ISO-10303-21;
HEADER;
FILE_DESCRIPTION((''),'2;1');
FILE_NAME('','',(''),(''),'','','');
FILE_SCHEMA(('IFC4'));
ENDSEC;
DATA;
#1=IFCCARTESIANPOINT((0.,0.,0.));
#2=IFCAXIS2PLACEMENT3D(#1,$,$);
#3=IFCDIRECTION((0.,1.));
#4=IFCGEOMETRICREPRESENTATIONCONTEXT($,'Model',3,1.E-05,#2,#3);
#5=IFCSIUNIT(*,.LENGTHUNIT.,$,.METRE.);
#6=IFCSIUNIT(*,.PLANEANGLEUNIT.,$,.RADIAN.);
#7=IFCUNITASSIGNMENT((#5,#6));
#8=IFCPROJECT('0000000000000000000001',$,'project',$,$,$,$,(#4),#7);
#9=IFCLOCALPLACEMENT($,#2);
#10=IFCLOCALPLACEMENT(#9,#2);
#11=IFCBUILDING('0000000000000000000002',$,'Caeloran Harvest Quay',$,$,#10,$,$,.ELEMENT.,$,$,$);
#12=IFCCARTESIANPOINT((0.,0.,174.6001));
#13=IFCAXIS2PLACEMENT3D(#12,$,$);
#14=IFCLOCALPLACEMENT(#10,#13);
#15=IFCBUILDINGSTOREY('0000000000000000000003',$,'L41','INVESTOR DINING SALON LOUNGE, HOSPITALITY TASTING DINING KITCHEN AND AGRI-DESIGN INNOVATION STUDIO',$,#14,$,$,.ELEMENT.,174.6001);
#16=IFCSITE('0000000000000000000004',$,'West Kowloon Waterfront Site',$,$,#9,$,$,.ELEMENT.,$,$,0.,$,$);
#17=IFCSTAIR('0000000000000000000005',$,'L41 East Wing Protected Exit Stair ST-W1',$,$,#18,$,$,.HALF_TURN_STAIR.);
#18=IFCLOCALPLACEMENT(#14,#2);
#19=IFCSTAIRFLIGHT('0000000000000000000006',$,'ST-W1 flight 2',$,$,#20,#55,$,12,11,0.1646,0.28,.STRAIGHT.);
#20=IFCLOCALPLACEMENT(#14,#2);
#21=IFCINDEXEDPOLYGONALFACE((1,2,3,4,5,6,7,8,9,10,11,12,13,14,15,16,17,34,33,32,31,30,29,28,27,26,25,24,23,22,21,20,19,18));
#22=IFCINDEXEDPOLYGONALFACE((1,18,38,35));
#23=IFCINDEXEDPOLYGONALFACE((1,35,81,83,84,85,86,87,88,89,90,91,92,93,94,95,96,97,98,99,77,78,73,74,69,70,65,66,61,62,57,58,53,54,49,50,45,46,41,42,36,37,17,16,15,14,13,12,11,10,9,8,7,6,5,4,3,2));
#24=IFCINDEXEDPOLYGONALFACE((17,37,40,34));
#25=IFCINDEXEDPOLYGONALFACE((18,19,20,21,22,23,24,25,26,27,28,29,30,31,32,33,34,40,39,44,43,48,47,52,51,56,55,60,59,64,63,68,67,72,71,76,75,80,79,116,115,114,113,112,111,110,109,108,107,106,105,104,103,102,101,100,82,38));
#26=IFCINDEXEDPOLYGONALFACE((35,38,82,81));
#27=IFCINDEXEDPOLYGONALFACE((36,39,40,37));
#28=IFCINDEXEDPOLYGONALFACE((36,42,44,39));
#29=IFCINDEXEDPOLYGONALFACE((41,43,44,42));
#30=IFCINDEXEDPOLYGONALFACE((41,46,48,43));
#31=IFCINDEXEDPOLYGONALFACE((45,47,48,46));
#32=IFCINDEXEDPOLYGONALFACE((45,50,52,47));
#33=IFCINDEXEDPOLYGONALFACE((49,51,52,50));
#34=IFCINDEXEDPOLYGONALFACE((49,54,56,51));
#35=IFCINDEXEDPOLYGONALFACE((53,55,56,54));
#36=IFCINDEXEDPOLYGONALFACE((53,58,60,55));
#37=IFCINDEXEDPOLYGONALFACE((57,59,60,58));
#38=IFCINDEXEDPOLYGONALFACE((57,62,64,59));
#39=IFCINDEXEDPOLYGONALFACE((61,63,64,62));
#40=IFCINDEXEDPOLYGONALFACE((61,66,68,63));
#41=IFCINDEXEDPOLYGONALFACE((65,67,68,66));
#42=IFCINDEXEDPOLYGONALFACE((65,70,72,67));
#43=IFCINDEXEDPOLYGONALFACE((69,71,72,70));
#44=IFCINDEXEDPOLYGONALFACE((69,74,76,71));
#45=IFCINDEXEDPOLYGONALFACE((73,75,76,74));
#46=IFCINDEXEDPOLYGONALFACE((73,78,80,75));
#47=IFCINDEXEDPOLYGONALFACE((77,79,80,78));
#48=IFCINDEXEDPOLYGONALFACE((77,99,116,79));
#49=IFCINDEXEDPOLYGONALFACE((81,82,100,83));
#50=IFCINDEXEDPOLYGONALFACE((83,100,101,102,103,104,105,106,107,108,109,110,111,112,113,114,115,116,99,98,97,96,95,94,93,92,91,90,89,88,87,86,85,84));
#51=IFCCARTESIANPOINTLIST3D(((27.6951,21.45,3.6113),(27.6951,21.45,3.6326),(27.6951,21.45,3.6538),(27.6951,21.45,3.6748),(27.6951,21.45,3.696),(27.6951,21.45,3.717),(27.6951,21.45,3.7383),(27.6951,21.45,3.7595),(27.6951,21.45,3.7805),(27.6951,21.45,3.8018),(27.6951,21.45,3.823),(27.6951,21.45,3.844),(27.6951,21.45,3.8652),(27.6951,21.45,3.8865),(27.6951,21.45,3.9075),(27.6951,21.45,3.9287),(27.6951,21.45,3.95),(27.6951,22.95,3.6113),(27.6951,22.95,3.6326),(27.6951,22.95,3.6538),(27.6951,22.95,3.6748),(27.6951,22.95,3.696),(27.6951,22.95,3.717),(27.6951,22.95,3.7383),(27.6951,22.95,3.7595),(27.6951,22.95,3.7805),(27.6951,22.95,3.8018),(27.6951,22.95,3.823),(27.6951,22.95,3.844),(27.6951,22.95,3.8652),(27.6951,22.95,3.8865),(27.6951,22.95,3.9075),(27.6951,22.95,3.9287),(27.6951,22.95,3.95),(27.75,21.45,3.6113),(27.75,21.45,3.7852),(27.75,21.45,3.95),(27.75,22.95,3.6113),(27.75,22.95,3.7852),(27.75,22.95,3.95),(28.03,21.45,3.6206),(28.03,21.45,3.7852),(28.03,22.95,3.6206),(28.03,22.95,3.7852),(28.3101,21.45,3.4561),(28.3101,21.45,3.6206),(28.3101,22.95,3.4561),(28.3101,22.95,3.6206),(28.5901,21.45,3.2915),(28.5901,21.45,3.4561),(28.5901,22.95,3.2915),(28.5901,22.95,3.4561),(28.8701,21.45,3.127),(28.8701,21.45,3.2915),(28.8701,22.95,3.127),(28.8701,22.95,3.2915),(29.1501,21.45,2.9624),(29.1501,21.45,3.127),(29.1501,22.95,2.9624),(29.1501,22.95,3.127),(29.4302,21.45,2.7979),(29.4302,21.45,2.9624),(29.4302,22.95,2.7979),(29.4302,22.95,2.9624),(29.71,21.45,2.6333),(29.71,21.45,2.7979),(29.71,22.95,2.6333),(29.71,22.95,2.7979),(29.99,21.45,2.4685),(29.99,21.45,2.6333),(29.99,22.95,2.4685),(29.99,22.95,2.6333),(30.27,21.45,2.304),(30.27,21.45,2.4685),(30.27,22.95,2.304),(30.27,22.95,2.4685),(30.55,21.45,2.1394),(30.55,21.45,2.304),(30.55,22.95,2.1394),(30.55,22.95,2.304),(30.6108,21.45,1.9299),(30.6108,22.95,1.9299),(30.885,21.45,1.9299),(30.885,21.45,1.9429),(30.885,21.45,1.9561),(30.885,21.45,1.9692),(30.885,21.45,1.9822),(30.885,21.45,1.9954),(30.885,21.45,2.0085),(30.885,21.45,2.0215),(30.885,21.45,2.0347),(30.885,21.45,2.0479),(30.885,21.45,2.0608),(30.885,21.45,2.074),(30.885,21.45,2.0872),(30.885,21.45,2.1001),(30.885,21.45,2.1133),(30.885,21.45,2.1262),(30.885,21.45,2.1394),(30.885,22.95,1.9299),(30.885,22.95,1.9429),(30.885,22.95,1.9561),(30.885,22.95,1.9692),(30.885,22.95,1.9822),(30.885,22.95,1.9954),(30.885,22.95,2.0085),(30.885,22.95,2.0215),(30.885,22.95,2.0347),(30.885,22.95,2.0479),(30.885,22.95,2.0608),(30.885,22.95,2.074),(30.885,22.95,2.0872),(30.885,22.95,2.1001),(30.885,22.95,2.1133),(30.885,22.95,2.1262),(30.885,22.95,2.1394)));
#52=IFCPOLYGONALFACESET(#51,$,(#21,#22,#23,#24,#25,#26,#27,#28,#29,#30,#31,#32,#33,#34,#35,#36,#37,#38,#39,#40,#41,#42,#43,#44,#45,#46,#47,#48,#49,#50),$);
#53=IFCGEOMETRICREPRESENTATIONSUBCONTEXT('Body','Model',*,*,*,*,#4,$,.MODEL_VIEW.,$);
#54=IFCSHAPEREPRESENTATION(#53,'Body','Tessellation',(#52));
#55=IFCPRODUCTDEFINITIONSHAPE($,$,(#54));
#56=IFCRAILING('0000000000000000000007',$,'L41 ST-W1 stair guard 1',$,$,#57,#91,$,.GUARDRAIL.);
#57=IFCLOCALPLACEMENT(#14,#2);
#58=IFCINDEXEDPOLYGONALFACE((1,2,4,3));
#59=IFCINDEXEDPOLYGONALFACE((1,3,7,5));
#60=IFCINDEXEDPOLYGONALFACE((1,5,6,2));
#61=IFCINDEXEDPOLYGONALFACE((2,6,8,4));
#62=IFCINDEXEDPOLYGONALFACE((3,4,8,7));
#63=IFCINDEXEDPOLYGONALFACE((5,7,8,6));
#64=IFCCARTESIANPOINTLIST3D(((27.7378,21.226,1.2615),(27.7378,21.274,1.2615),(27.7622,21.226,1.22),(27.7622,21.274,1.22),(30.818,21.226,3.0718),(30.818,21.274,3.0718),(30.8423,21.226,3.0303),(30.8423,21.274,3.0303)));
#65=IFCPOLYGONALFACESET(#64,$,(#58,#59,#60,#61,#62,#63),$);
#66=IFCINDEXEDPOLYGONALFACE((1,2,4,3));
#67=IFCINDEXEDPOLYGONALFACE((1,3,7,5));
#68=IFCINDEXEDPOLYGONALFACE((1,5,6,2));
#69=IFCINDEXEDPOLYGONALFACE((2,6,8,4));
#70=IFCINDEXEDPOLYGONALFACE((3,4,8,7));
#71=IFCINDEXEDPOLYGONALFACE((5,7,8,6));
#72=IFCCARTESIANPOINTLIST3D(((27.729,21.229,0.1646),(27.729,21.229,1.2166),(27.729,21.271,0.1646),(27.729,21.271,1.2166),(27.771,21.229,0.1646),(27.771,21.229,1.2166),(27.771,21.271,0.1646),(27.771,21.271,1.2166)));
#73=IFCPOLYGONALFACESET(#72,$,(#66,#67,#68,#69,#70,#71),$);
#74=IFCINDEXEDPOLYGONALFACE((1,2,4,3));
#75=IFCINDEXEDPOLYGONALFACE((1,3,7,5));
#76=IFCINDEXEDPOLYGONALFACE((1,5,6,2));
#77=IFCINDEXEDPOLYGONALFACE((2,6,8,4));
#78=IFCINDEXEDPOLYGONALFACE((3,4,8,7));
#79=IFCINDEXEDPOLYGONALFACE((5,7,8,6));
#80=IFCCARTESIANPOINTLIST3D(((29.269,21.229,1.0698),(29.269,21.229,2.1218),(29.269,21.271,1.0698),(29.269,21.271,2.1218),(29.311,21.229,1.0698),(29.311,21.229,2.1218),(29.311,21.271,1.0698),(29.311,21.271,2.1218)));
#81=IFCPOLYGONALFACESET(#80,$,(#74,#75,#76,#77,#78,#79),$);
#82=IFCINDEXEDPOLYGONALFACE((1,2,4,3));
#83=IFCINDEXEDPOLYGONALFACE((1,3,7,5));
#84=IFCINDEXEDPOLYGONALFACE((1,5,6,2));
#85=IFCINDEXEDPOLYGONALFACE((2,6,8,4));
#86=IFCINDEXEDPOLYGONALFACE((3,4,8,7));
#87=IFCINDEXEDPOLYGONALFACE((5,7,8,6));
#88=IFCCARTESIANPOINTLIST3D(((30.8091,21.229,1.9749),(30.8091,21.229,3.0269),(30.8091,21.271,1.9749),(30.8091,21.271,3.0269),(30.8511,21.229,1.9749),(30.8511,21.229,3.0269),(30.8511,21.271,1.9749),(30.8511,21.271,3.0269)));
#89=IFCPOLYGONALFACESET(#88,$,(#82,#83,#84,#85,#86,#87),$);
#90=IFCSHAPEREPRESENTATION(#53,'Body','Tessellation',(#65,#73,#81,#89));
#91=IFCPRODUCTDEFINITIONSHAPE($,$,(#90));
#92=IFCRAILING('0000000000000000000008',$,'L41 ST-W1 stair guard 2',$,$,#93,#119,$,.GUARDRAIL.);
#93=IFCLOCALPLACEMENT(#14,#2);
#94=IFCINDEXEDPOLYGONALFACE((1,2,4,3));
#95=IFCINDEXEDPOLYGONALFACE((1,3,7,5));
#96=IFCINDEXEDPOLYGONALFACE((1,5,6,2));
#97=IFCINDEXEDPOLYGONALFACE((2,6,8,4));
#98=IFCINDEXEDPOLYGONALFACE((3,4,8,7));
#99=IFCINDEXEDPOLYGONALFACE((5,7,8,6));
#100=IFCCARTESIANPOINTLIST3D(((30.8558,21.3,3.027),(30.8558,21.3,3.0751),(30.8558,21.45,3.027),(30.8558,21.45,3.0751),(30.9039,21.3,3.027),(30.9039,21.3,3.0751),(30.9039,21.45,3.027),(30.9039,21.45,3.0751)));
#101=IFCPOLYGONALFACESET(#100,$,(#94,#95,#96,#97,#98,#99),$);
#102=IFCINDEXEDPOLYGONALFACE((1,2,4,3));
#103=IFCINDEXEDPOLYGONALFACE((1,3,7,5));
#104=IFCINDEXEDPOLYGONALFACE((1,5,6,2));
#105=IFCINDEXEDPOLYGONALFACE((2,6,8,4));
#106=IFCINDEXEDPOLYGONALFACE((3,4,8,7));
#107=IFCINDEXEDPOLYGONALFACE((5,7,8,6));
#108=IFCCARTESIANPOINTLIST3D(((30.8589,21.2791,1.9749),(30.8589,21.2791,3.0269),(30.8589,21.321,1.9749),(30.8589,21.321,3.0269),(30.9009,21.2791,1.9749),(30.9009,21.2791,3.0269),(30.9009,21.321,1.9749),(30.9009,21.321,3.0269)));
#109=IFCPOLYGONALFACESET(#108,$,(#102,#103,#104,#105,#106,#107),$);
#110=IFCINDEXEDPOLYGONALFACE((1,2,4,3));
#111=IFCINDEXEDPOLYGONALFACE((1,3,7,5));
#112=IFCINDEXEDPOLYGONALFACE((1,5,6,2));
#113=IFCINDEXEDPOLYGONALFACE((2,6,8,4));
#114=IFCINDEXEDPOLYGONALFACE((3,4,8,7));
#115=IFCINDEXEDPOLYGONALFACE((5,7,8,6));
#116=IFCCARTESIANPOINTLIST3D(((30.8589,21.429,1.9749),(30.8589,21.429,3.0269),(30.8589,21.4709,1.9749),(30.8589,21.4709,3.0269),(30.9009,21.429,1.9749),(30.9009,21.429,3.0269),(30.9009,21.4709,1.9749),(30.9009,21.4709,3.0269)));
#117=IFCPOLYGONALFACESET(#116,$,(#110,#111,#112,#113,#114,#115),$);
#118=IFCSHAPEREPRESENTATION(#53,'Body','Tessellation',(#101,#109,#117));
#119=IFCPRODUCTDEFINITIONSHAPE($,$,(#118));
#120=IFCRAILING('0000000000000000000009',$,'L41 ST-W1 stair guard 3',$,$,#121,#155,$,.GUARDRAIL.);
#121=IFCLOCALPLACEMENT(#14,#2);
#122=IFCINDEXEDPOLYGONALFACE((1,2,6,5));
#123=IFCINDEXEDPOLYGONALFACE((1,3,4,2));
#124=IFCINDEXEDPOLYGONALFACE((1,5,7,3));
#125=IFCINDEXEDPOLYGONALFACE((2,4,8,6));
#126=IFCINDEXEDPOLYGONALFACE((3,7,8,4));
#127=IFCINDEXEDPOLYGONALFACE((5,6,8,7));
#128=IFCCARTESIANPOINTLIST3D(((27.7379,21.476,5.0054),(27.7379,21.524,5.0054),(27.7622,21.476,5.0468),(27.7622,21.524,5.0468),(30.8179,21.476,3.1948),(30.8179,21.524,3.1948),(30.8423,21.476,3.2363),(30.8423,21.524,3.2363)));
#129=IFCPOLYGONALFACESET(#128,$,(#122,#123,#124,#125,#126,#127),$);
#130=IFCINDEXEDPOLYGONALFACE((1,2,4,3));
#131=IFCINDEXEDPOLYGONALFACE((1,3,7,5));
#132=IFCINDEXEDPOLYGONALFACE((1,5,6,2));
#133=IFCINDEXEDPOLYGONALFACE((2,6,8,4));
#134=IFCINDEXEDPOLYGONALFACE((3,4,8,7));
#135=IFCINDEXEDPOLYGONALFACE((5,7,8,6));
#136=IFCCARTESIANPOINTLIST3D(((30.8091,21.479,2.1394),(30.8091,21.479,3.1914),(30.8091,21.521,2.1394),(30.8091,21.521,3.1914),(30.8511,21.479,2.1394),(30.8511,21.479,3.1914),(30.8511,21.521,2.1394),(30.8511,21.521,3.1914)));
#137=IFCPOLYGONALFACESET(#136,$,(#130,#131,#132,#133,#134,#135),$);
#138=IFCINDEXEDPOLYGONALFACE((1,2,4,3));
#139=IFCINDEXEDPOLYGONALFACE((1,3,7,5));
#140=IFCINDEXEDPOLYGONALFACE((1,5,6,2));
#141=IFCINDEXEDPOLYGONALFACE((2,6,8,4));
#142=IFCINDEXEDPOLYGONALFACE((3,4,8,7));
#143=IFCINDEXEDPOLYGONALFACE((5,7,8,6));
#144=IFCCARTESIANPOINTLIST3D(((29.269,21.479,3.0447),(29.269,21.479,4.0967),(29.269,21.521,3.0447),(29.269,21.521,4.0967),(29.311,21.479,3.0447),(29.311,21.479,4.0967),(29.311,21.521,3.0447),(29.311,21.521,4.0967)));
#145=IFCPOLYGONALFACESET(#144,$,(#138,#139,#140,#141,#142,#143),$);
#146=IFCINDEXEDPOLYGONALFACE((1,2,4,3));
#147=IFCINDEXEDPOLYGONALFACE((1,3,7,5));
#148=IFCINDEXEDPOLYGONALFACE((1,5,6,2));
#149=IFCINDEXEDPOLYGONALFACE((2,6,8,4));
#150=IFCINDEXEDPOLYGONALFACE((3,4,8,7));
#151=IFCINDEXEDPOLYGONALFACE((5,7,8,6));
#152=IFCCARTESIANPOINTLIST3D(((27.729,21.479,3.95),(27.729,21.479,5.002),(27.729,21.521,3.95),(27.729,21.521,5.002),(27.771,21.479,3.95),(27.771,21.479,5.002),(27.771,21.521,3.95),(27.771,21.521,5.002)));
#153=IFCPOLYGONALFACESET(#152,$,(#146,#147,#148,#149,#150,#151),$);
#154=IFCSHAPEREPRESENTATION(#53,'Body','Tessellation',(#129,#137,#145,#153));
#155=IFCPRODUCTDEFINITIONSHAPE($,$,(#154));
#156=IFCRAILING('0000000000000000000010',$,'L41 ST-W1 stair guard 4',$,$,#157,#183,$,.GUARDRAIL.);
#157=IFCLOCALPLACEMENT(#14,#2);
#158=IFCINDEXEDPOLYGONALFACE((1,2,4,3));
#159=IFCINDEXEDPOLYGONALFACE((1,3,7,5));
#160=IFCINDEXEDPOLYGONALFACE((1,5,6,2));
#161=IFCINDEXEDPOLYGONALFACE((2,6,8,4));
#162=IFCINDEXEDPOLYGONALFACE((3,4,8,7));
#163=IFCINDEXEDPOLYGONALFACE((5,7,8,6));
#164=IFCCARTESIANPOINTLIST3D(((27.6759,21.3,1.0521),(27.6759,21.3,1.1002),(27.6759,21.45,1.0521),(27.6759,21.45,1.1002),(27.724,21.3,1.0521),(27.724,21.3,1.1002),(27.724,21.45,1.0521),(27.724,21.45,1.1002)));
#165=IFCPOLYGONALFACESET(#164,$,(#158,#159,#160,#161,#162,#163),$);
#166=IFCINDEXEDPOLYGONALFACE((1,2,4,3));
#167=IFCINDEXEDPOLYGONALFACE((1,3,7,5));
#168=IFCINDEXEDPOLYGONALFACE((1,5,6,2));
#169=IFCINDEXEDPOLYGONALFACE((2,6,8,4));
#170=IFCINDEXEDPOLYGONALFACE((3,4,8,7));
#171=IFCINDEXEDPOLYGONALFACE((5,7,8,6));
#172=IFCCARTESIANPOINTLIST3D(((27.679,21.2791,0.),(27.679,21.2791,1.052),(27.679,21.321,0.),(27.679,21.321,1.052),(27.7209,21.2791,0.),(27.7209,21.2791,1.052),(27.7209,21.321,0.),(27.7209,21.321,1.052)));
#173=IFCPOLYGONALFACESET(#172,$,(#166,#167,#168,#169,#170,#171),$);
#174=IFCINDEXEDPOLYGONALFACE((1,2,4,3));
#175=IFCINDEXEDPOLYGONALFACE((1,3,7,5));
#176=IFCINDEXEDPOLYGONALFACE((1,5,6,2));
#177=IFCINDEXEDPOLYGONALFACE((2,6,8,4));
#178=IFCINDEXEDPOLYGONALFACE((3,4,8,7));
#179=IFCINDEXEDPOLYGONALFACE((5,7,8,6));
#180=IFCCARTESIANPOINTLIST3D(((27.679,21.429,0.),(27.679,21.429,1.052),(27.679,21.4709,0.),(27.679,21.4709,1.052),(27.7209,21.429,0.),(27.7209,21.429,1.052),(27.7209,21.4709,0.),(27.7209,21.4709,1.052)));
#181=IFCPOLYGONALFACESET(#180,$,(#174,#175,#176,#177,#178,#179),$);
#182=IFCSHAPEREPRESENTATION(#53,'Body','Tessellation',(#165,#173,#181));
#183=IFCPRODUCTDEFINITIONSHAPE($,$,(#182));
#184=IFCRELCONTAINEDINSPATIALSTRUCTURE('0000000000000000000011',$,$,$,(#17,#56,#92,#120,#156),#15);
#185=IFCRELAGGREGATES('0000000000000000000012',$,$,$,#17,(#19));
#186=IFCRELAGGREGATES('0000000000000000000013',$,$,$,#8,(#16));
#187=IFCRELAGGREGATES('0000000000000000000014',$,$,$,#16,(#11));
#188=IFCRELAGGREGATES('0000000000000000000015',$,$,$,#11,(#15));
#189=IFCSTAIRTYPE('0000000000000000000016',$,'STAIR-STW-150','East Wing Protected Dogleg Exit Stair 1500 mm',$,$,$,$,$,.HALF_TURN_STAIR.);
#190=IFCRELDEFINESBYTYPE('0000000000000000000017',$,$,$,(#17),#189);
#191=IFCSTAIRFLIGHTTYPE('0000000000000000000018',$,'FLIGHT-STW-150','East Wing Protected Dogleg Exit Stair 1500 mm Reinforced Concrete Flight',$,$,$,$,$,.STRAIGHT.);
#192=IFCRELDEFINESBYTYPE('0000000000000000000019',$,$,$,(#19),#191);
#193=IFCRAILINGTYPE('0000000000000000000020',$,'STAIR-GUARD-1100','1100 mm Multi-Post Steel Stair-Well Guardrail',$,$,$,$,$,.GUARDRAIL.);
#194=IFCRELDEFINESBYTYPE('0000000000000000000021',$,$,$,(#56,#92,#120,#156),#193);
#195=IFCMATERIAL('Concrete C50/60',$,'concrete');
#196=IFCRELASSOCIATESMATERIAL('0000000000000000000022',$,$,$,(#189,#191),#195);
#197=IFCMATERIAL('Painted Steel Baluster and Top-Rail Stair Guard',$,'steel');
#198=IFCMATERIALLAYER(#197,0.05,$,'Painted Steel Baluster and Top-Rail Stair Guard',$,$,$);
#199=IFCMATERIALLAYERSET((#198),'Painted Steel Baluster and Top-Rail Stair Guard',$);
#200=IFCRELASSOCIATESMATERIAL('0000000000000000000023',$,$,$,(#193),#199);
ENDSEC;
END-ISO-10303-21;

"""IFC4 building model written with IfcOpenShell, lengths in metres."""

from ifc_helpers import new_model, si_unit, direction, frame, origin, origin_2d, place, context, subcontext, project, spatial, polyline, rectangle, outline, extrude, material, layer, layer_set, type_object, element, aggregate, save


model = new_model("IFC4")

# Units and contexts
model_context = context("Model", 3, precision=1e-05, world=origin(), true_north=direction((0.0, 1.0)))
body_context = subcontext(model_context, "Body", "Model", "MODEL_VIEW")
ifc_project = project(units=[si_unit("LENGTHUNIT", "METRE"), si_unit("PLANEANGLEUNIT", "RADIAN")], contexts=[model_context])

# Site, building, storey
site_placement = place(None, origin())
site = spatial("IfcSite", under=ifc_project, at=site_placement, Name="West Kowloon Waterfront Site", CompositionType="ELEMENT", RefElevation=0.0)
building_placement = place(site_placement, origin())
building = spatial("IfcBuilding", under=site, at=building_placement, Name="Caeloran Harvest Quay", CompositionType="ELEMENT")
storey_placement = place(building_placement, frame((0.0, 0.0, 174.6001)))
storey = spatial("IfcBuildingStorey", under=building, at=storey_placement, Name="L41", Description="INVESTOR DINING SALON LOUNGE, HOSPITALITY TASTING DINING KITCHEN AND AGRI-DESIGN INNOVATION STUDIO", CompositionType="ELEMENT", Elevation=174.6001)

# Stair, stair flight
ifc_material_1 = material(Name="Concrete C50/60", Category="concrete")
stair_type = type_object("IfcStairType", Name="STAIR-STW-150", Description="East Wing Protected Dogleg Exit Stair 1500 mm", PredefinedType="HALF_TURN_STAIR", material=ifc_material_1)
stair_placement = place(storey_placement, origin())
stair = element("IfcStair", 1, at=stair_placement, inside=storey, type_object=stair_type, Name="L41 East Wing Protected Exit Stair ST-W1", PredefinedType="HALF_TURN_STAIR")
stair_flight_type = type_object("IfcStairFlightType", Name="FLIGHT-STW-150", Description="East Wing Protected Dogleg Exit Stair 1500 mm Reinforced Concrete Flight", PredefinedType="STRAIGHT", material=ifc_material_1)
stair_flight_1_placement = place(storey_placement, frame((30.8301, 22.2, 1.9749), z_axis=(0.0, 0.0, 1.0), x_axis=(-1.0, 0.0, 0.0)))
stair_flight_1 = element("IfcStairFlight", 2, at=stair_flight_1_placement, type_object=stair_flight_type, Name="ST-W1 flight 2", NumberOfRisers=12, NumberOfTreads=11, PredefinedType="STRAIGHT", RiserHeight=0.1646, TreadLength=0.28, context=body_context, shape_type="SweptSolid", body=[
    extrude(outline(polyline([(-0.0549, -0.0449), (-0.0549, -0.032), (-0.0549, -0.0188), (-0.0549, -0.0056), (-0.0549, 0.0073), (-0.0549, 0.0205), (-0.0549, 0.0337), (-0.0549, 0.0466), (-0.0549, 0.0598), (-0.0549, 0.073), (-0.0549, 0.0859), (-0.0549, 0.0991), (-0.0549, 0.1123), (-0.0549, 0.1252), (-0.0549, 0.1384), (-0.0549, 0.1514), (-0.0549, 0.1646), (0.28, 0.1646), (0.28, 0.3291), (0.5601, 0.3291), (0.5601, 0.4937), (0.8401, 0.4937), (0.8401, 0.6584), (1.1201, 0.6584), (1.1201, 0.823), (1.3999, 0.823), (1.3999, 0.9875), (1.6799, 0.9875), (1.6799, 1.1521), (1.96, 1.1521), (1.96, 1.3167), (2.24, 1.3167), (2.24, 1.4812), (2.52, 1.4812), (2.52, 1.6458), (2.8, 1.6458), (2.8, 1.8103), (3.0801, 1.8103), (3.0801, 1.9751), (3.135, 1.9751), (3.135, 1.9539), (3.135, 1.9326), (3.135, 1.9116), (3.135, 1.8904), (3.135, 1.8691), (3.135, 1.8481), (3.135, 1.8269), (3.135, 1.8057), (3.135, 1.7847), (3.135, 1.7634), (3.135, 1.7422), (3.135, 1.7212), (3.135, 1.7), (3.135, 1.679), (3.135, 1.6577), (3.135, 1.6365), (3.0801, 1.6365), (0.2192, -0.0449), (-0.0549, -0.0449)])), frame((0.0, 0.75, 0.0), z_axis=(0.0, -1.0, 0.0), x_axis=(1.0, 0.0, 0.0)), (0.0, 0.0, 1.0), 1.5),
])
aggregate(stair, [stair_flight_1])

# Railings
ifc_material_2 = material(Name="Painted Steel Baluster and Top-Rail Stair Guard", Category="steel")
ifc_layer_1 = layer(ifc_material_2, 0.05, Name="Painted Steel Baluster and Top-Rail Stair Guard")
ifc_layer_set_1 = layer_set([ifc_layer_1], Name="Painted Steel Baluster and Top-Rail Stair Guard")
railing_type_1 = type_object("IfcRailingType", Name="STAIR-GUARD-1100", Description="1100 mm Multi-Post Steel Stair-Well Guardrail", PredefinedType="GUARDRAIL", material=ifc_layer_set_1)
railing_1_placement = place(storey_placement, frame((27.75, 21.25, 0.1646)))
element("IfcRailing", 3, at=railing_1_placement, inside=storey, type_object=railing_type_1, Name="L41 ST-W1 stair guard 1", PredefinedType="GUARDRAIL", context=body_context, shape_type="SweptSolid", body=[
    extrude(rectangle(XDim=0.0481, YDim=0.0481, at=origin_2d()), frame((0.0, 0.0, 1.0762), z_axis=(0.862119, 0.0, 0.506707), x_axis=(0.0, 1.0, 0.0)), (0.0, 0.0, 1.0), 3.5728),
    extrude(rectangle(XDim=0.042, YDim=0.042, at=origin_2d()), origin(), (0.0, 0.0, 1.0), 1.052),
    extrude(rectangle(XDim=0.042, YDim=0.042, at=origin_2d()), frame((1.54, 0.0, 0.9053)), (0.0, 0.0, 1.0), 1.052),
    extrude(rectangle(XDim=0.042, YDim=0.042, at=origin_2d()), frame((3.0801, 0.0, 1.8103)), (0.0, 0.0, 1.0), 1.052),
])
railing_2_placement = place(storey_placement, frame((30.8799, 21.3, 1.9749)))
element("IfcRailing", 4, at=railing_2_placement, inside=storey, type_object=railing_type_1, Name="L41 ST-W1 stair guard 2", PredefinedType="GUARDRAIL", context=body_context, shape_type="SweptSolid", body=[
    extrude(rectangle(XDim=0.0481, YDim=0.0481, at=origin_2d()), frame((0.0, 0.0, 1.0762), z_axis=(0.0, 1.0, 0.0), x_axis=(-1.0, 0.0, 0.0)), (0.0, 0.0, 1.0), 0.1499),
    extrude(rectangle(XDim=0.042, YDim=0.042, at=origin_2d()), origin(), (0.0, 0.0, 1.0), 1.052),
    extrude(rectangle(XDim=0.042, YDim=0.042, at=origin_2d()), frame((0.0, 0.1499, 0.0)), (0.0, 0.0, 1.0), 1.052),
])
railing_3_placement = place(storey_placement, frame((30.8301, 21.5, 2.1394)))
element("IfcRailing", 5, at=railing_3_placement, inside=storey, type_object=railing_type_1, Name="L41 ST-W1 stair guard 3", PredefinedType="GUARDRAIL", context=body_context, shape_type="SweptSolid", body=[
    extrude(rectangle(XDim=0.0481, YDim=0.0481, at=origin_2d()), frame((0.0, 0.0, 1.0762), z_axis=(-0.862089, 0.0, 0.506757), x_axis=(0.0, -1.0, 0.0)), (0.0, 0.0, 1.0), 3.5728),
    extrude(rectangle(XDim=0.042, YDim=0.042, at=origin_2d()), origin(), (0.0, 0.0, 1.0), 1.052),
    extrude(rectangle(XDim=0.042, YDim=0.042, at=origin_2d()), frame((-1.54, 0.0, 0.9053)), (0.0, 0.0, 1.0), 1.052),
    extrude(rectangle(XDim=0.042, YDim=0.042, at=origin_2d()), frame((-3.0801, 0.0, 1.8105)), (0.0, 0.0, 1.0), 1.052),
])
railing_4_placement = place(storey_placement, frame((27.7, 21.3, 0.0)))
element("IfcRailing", 6, at=railing_4_placement, inside=storey, type_object=railing_type_1, Name="L41 ST-W1 stair guard 4", PredefinedType="GUARDRAIL", context=body_context, shape_type="SweptSolid", body=[
    extrude(rectangle(XDim=0.0481, YDim=0.0481, at=origin_2d()), frame((0.0, 0.0, 1.0762), z_axis=(0.0, 1.0, 0.0), x_axis=(-1.0, 0.0, 0.0)), (0.0, 0.0, 1.0), 0.1499),
    extrude(rectangle(XDim=0.042, YDim=0.042, at=origin_2d()), origin(), (0.0, 0.0, 1.0), 1.052),
    extrude(rectangle(XDim=0.042, YDim=0.042, at=origin_2d()), frame((0.0, 0.1499, 0.0)), (0.0, 0.0, 1.0), 1.052),
])

save(model, "model.ifc")
